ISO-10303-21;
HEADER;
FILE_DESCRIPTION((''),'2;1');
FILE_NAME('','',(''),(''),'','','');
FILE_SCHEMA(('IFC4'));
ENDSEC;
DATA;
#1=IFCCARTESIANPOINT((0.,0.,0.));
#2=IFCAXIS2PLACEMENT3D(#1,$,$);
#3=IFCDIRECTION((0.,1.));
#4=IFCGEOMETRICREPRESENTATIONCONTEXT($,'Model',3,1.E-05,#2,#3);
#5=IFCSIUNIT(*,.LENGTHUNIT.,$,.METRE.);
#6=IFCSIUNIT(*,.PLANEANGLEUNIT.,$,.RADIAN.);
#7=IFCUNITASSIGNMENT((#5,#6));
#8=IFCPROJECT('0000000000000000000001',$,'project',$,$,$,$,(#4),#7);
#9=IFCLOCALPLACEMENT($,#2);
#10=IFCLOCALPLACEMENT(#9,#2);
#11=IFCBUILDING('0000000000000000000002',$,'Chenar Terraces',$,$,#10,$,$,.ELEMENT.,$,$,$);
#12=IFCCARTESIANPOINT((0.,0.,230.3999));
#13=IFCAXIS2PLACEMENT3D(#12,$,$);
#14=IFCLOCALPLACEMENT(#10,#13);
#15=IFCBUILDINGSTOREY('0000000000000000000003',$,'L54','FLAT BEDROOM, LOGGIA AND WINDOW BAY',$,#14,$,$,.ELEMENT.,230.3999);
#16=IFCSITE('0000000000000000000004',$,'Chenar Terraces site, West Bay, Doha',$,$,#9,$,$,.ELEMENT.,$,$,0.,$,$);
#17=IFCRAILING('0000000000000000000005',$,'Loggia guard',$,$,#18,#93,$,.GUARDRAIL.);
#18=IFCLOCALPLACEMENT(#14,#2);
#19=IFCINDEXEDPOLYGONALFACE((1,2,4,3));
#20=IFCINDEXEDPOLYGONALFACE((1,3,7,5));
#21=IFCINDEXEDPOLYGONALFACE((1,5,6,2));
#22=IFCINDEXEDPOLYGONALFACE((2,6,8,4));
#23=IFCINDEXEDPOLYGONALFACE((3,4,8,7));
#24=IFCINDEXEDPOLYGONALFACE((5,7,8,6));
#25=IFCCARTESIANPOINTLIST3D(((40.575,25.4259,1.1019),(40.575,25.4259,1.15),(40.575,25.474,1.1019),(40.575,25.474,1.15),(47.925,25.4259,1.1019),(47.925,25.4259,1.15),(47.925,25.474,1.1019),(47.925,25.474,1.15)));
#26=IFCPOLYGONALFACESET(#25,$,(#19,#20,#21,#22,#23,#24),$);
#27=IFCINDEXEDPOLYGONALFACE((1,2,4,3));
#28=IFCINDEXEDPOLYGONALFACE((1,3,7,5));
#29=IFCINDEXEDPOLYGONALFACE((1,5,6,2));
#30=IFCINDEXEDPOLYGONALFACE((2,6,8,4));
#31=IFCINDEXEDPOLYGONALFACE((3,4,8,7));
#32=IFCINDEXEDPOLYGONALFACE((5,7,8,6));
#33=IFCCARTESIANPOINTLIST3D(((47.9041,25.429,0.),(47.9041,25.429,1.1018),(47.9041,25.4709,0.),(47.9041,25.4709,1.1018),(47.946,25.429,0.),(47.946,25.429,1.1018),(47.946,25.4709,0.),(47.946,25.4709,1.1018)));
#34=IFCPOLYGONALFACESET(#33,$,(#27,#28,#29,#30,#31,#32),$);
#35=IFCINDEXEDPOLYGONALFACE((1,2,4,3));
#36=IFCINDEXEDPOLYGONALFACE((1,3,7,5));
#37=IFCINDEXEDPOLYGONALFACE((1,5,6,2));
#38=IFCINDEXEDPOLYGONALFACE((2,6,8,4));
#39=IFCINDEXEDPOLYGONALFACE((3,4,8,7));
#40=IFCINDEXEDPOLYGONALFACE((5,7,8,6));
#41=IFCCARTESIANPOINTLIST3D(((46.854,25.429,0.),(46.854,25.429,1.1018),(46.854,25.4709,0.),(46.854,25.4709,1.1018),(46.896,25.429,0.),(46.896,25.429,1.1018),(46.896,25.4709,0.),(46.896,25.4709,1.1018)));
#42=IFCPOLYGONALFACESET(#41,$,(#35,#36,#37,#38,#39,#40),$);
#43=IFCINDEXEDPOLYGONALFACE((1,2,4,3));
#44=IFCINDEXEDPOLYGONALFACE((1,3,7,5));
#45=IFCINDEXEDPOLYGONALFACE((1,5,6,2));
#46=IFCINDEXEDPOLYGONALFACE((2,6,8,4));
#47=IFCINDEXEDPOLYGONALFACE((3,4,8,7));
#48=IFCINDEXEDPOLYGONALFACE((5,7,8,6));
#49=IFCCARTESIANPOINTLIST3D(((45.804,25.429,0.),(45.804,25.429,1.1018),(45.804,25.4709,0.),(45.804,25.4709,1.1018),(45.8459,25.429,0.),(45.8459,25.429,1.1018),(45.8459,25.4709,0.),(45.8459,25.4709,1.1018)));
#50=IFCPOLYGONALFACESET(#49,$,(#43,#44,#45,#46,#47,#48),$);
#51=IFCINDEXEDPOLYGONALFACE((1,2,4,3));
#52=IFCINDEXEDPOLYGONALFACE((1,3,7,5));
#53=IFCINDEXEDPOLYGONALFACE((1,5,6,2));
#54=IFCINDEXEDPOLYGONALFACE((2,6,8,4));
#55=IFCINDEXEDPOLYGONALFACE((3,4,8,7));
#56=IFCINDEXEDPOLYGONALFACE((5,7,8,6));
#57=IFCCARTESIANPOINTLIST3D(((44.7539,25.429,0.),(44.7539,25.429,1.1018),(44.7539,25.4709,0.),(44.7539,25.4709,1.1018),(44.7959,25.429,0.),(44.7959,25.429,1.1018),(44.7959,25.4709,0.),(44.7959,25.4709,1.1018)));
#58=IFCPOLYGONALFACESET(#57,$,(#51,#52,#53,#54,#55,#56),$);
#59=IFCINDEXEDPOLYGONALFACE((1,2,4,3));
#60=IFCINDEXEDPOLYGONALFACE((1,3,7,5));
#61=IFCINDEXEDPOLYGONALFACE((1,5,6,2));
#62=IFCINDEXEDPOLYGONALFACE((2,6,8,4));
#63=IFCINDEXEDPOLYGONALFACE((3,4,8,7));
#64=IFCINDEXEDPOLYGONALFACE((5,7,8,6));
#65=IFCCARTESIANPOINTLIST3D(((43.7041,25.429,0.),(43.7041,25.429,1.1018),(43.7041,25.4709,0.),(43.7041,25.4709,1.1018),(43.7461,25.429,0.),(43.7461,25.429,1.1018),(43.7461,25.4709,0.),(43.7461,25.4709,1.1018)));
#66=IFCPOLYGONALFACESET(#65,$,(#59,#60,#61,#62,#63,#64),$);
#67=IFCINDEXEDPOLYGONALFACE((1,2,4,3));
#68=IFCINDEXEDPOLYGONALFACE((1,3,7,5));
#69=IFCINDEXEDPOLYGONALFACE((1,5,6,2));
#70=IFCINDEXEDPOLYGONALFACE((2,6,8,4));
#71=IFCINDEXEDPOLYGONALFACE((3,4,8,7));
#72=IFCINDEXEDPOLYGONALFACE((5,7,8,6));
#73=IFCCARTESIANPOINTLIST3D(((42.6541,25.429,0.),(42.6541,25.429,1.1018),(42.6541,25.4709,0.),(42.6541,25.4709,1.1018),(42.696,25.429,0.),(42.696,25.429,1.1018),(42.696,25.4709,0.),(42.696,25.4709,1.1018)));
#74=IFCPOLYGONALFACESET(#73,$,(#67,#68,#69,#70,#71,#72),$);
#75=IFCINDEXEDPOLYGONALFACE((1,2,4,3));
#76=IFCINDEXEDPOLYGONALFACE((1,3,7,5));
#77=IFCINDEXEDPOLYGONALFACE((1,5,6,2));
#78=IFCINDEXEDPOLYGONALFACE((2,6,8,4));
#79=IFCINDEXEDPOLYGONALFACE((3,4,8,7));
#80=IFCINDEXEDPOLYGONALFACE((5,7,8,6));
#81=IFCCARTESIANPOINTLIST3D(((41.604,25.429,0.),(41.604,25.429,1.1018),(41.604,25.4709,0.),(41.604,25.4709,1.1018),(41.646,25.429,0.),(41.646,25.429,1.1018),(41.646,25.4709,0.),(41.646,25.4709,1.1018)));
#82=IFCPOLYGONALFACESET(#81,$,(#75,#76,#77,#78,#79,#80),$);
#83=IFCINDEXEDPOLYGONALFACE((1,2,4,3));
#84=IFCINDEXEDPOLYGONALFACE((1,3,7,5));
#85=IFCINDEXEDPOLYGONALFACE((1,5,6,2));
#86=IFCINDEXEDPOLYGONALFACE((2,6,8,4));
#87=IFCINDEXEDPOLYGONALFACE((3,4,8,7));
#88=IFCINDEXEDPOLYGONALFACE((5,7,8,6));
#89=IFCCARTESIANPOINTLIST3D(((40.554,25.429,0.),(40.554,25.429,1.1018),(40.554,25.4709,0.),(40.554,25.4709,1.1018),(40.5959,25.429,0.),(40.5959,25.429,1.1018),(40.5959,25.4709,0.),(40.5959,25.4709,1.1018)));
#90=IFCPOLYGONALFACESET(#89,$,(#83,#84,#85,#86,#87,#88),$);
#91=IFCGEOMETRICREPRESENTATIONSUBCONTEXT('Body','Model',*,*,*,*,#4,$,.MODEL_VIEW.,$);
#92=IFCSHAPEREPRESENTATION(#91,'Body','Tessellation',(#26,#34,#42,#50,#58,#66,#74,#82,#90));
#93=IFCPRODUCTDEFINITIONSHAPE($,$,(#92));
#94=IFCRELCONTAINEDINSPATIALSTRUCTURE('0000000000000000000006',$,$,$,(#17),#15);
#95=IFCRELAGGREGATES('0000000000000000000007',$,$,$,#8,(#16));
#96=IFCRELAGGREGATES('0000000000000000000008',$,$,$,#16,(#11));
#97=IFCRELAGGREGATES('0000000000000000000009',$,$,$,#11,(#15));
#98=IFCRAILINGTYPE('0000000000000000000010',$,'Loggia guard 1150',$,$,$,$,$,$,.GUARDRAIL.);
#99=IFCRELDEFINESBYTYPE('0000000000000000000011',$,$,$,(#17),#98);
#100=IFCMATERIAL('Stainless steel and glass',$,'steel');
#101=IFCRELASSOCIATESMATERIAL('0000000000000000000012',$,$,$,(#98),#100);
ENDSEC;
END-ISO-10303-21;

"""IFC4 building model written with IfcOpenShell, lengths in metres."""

from ifc_helpers import new_model, si_unit, direction, frame, origin, origin_2d, place, context, subcontext, project, spatial, rectangle, extrude, material, type_object, element, save


model = new_model("IFC4")

# Units and contexts
model_context = context("Model", 3, precision=1e-05, world=origin(), true_north=direction((0.0, 1.0)))
body_context = subcontext(model_context, "Body", "Model", "MODEL_VIEW")
ifc_project = project(units=[si_unit("LENGTHUNIT", "METRE"), si_unit("PLANEANGLEUNIT", "RADIAN")], contexts=[model_context])

# Site, building, storey
site_placement = place(None, origin())
site = spatial("IfcSite", under=ifc_project, at=site_placement, Name="Chenar Terraces site, West Bay, Doha", CompositionType="ELEMENT", RefElevation=0.0)
building_placement = place(site_placement, origin())
building = spatial("IfcBuilding", under=site, at=building_placement, Name="Chenar Terraces", CompositionType="ELEMENT")
storey_placement = place(building_placement, frame((0.0, 0.0, 230.3999)))
storey = spatial("IfcBuildingStorey", under=building, at=storey_placement, Name="L54", Description="FLAT BEDROOM, LOGGIA AND WINDOW BAY", CompositionType="ELEMENT", Elevation=230.3999)

# Railing
ifc_material_1 = material(Name="Stainless steel and glass", Category="steel")
railing_type = type_object("IfcRailingType", Name="Loggia guard 1150", PredefinedType="GUARDRAIL", material=ifc_material_1)
railing_placement = place(storey_placement, frame((47.925, 25.45, 0.0)))
element("IfcRailing", 1, at=railing_placement, inside=storey, type_object=railing_type, Name="Loggia guard", PredefinedType="GUARDRAIL", context=body_context, shape_type="SweptSolid", body=[
    extrude(rectangle(XDim=0.0481, YDim=0.0481, at=origin_2d()), frame((0.0, 0.0, 1.126), z_axis=(-1.0, 0.0, 0.0), x_axis=(0.0, -1.0, 0.0)), (0.0, 0.0, 1.0), 7.3501),
    extrude(rectangle(XDim=0.042, YDim=0.042, at=origin_2d()), origin(), (0.0, 0.0, 1.0), 1.1018),
    extrude(rectangle(XDim=0.042, YDim=0.042, at=origin_2d()), frame((-1.05, 0.0, 0.0)), (0.0, 0.0, 1.0), 1.1018),
    extrude(rectangle(XDim=0.042, YDim=0.042, at=origin_2d()), frame((-2.1001, 0.0, 0.0)), (0.0, 0.0, 1.0), 1.1018),
    extrude(rectangle(XDim=0.042, YDim=0.042, at=origin_2d()), frame((-3.1501, 0.0, 0.0)), (0.0, 0.0, 1.0), 1.1018),
    extrude(rectangle(XDim=0.042, YDim=0.042, at=origin_2d()), frame((-4.2, 0.0, 0.0)), (0.0, 0.0, 1.0), 1.1018),
    extrude(rectangle(XDim=0.042, YDim=0.042, at=origin_2d()), frame((-5.25, 0.0, 0.0)), (0.0, 0.0, 1.0), 1.1018),
    extrude(rectangle(XDim=0.042, YDim=0.042, at=origin_2d()), frame((-6.3, 0.0, 0.0)), (0.0, 0.0, 1.0), 1.1018),
    extrude(rectangle(XDim=0.042, YDim=0.042, at=origin_2d()), frame((-7.3501, 0.0, 0.0)), (0.0, 0.0, 1.0), 1.1018),
])

save(model, "model.ifc")
